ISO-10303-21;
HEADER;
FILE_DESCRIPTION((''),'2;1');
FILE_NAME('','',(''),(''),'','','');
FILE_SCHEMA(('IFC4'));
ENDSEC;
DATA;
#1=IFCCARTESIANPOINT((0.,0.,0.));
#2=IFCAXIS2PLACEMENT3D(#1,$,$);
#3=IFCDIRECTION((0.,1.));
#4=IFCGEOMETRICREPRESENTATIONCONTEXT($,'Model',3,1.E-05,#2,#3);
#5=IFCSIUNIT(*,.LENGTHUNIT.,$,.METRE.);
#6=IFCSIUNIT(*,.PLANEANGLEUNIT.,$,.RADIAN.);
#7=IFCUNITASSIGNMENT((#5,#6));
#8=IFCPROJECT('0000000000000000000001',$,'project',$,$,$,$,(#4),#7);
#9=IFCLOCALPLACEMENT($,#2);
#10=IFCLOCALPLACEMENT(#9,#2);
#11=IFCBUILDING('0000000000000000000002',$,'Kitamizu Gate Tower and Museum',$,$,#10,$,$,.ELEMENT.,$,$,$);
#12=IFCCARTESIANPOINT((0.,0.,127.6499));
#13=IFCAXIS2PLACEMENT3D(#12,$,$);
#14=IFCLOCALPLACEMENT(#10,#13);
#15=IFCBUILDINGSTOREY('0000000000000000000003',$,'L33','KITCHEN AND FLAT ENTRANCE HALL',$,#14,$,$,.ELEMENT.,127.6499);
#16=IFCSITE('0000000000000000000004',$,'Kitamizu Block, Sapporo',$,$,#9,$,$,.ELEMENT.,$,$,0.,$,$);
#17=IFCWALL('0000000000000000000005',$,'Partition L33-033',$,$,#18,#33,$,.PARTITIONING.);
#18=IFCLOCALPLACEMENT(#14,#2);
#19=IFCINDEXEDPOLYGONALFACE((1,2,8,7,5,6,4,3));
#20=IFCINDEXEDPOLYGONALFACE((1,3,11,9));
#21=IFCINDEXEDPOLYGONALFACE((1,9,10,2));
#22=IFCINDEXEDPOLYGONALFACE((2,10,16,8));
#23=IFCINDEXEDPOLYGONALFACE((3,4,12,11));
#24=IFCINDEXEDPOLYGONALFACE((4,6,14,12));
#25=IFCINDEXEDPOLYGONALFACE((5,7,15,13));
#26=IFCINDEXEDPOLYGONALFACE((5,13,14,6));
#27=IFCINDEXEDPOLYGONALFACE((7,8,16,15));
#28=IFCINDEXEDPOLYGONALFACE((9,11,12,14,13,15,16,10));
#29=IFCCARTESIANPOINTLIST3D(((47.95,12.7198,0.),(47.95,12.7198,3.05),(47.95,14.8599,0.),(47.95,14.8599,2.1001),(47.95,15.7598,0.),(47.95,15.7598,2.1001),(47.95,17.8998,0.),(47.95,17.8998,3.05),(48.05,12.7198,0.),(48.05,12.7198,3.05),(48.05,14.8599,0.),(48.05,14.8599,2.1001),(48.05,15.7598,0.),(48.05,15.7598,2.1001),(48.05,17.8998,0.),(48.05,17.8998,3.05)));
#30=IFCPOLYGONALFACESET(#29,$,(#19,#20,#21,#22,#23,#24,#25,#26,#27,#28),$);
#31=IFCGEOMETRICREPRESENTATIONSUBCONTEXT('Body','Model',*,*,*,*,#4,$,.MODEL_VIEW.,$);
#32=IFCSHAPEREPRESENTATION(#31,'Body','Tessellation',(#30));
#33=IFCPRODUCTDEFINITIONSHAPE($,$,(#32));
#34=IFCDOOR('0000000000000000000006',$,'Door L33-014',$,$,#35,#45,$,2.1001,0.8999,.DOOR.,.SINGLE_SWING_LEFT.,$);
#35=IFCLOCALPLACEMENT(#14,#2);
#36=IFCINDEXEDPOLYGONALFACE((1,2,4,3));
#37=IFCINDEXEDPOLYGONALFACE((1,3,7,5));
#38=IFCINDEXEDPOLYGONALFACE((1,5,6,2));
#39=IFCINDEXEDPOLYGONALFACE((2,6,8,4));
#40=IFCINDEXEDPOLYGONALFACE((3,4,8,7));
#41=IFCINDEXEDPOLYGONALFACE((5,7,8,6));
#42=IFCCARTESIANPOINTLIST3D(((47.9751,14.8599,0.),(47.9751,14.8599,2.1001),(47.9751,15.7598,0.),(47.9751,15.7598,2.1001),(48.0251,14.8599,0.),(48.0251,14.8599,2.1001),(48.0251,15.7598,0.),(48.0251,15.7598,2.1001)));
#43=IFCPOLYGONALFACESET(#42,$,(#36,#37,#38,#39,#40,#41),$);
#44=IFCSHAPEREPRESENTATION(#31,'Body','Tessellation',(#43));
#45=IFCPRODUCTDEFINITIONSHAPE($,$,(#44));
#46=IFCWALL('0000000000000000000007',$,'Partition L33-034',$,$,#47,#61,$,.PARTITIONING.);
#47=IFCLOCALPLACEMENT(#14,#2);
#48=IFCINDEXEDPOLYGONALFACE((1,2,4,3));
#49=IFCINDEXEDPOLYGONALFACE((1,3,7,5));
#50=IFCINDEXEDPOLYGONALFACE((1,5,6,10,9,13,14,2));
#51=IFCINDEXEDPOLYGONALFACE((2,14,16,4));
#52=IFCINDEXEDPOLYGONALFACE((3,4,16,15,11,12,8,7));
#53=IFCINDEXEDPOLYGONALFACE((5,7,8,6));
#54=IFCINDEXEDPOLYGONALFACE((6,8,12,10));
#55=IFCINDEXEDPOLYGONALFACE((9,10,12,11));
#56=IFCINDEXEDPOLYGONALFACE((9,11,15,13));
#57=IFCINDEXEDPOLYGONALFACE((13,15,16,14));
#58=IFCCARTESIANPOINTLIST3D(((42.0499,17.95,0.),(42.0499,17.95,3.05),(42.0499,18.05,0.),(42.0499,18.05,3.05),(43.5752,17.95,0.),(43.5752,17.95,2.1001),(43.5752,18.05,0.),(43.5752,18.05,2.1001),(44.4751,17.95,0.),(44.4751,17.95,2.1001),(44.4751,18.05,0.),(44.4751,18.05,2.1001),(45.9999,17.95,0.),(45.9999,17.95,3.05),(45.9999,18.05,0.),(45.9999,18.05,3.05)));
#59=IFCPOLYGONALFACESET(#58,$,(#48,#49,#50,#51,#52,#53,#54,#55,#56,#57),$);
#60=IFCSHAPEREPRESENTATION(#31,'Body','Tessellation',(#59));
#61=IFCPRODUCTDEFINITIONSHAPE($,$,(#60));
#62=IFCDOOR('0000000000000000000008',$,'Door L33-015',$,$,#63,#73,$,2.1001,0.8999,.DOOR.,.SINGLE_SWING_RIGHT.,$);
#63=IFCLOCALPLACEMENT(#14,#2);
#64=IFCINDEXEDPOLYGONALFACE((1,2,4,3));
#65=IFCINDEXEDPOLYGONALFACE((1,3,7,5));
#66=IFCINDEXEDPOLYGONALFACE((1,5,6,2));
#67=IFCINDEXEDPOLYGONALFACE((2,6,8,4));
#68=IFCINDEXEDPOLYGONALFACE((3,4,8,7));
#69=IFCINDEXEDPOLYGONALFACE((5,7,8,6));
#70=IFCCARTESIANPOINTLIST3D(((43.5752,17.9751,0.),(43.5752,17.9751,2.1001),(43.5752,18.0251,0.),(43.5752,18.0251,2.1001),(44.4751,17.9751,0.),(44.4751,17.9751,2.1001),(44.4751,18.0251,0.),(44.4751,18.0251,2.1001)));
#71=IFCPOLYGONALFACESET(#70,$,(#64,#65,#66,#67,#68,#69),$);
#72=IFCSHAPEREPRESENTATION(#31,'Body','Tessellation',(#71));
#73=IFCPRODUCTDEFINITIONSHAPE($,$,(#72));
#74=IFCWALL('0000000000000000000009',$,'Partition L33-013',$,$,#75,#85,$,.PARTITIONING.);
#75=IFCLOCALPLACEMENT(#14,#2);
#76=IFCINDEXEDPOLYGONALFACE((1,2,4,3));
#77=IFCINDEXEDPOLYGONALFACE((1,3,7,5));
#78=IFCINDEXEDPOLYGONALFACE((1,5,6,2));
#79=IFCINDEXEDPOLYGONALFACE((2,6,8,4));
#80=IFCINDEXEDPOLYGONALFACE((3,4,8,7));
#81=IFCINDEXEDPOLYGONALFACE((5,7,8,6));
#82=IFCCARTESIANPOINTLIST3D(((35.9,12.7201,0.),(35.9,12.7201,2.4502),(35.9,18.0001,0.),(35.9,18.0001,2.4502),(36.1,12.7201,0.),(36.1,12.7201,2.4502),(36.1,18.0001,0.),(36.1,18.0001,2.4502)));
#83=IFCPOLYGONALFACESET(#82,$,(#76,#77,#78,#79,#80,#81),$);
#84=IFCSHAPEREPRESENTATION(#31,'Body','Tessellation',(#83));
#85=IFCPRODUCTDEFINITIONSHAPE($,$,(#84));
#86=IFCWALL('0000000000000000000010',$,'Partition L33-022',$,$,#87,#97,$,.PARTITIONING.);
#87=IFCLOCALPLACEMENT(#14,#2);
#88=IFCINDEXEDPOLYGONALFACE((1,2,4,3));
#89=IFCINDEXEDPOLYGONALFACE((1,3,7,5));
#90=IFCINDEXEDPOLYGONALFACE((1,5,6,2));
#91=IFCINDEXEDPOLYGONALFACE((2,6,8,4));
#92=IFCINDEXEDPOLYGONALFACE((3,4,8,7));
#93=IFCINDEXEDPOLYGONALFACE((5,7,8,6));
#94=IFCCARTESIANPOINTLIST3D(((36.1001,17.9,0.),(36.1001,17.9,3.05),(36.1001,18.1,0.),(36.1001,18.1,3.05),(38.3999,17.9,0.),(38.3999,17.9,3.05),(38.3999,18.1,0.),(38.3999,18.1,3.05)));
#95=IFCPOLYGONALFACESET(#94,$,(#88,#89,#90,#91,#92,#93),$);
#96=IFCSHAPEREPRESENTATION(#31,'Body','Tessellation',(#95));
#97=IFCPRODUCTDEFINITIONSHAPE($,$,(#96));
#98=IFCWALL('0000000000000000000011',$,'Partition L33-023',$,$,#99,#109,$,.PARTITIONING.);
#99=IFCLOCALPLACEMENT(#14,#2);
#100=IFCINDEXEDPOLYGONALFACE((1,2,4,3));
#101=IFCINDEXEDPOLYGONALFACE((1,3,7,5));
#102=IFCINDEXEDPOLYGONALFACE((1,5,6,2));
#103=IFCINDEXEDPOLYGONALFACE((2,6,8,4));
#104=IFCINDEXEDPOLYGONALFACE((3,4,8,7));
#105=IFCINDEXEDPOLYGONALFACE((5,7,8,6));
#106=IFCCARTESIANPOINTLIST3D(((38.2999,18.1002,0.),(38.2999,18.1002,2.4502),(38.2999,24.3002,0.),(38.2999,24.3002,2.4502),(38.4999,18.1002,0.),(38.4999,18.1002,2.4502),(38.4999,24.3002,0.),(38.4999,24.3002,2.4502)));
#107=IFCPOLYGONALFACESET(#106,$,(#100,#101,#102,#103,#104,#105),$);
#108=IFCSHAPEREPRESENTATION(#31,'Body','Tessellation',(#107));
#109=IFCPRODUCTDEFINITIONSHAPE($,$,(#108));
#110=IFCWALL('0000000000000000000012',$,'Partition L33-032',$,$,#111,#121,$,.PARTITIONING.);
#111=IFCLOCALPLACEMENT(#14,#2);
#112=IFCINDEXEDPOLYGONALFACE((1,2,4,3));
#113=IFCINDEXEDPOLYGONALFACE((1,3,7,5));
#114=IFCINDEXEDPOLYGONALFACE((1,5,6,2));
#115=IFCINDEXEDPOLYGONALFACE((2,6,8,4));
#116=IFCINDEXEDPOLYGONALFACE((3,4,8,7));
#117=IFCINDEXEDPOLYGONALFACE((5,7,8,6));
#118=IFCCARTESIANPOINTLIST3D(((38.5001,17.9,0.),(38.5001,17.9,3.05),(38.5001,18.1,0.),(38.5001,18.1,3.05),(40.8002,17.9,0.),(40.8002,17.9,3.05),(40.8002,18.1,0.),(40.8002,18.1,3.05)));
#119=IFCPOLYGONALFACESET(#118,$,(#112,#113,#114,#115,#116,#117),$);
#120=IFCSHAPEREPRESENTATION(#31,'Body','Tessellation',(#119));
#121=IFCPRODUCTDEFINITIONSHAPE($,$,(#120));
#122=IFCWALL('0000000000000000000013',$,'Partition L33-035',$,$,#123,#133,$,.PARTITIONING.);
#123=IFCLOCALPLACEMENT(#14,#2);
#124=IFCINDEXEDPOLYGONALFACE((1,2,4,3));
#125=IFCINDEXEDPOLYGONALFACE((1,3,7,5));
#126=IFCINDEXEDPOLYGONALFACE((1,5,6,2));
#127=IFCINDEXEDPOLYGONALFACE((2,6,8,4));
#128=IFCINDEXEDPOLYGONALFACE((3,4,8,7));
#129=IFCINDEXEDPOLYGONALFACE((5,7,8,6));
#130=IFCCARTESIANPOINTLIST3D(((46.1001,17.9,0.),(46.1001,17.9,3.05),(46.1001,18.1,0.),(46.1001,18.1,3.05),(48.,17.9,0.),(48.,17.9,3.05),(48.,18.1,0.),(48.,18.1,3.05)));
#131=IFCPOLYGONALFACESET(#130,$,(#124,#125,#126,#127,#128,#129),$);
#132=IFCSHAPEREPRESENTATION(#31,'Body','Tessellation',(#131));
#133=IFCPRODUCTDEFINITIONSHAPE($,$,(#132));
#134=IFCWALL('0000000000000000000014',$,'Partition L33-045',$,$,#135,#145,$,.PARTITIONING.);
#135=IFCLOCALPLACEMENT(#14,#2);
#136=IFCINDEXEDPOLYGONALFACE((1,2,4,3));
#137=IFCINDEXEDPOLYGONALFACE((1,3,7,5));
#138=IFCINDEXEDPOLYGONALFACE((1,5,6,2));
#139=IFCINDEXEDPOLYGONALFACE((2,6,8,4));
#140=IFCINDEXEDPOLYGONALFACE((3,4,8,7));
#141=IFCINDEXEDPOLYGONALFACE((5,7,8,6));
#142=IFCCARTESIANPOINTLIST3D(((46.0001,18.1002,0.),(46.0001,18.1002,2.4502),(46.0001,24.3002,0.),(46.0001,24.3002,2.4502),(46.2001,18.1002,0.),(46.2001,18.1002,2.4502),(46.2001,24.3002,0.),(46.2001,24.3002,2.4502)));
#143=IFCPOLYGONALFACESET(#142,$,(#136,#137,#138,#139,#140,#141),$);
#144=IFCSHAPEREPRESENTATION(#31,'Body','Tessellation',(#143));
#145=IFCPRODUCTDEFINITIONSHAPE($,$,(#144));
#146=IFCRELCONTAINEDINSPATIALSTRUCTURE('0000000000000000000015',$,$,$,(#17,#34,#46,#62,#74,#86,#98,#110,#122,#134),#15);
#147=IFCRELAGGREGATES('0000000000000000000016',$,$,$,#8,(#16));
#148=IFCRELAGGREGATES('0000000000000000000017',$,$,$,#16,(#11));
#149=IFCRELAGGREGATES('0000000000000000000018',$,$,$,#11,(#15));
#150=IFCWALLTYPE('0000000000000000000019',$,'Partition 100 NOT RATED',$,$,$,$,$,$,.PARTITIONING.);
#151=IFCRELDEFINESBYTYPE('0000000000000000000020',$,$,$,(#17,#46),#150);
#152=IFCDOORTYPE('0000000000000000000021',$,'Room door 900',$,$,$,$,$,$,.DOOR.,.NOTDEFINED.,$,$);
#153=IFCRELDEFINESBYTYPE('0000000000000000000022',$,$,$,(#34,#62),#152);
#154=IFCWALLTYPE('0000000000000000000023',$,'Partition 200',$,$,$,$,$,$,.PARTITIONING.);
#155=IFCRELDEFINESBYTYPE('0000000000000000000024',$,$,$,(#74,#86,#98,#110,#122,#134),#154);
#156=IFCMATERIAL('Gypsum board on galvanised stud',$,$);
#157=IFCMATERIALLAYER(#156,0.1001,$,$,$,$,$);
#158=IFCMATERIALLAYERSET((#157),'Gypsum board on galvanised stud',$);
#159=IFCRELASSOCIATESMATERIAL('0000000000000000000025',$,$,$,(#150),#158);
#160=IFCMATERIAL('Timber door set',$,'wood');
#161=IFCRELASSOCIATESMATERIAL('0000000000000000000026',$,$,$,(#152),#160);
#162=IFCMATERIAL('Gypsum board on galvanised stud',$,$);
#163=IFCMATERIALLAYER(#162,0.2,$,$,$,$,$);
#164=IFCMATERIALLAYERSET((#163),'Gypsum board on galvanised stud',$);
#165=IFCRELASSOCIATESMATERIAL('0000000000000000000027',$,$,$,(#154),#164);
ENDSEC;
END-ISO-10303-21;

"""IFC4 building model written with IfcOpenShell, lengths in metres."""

from ifc_helpers import new_model, si_unit, direction, frame, frame_2d, origin, place, context, subcontext, project, spatial, rectangle, extrude, material, layer, layer_set, type_object, element, fill, save


model = new_model("IFC4")

# Units and contexts
model_context = context("Model", 3, precision=1e-05, world=origin(), true_north=direction((0.0, 1.0)))
body_context = subcontext(model_context, "Body", "Model", "MODEL_VIEW")
ifc_project = project(units=[si_unit("LENGTHUNIT", "METRE"), si_unit("PLANEANGLEUNIT", "RADIAN")], contexts=[model_context])

# Site, building, storey
site_placement = place(None, origin())
site = spatial("IfcSite", under=ifc_project, at=site_placement, Name="Kitamizu Block, Sapporo", CompositionType="ELEMENT", RefElevation=0.0)
building_placement = place(site_placement, origin())
building = spatial("IfcBuilding", under=site, at=building_placement, Name="Kitamizu Gate Tower and Museum", CompositionType="ELEMENT")
storey_placement = place(building_placement, frame((0.0, 0.0, 127.6499)))
storey = spatial("IfcBuildingStorey", under=building, at=storey_placement, Name="L33", Description="KITCHEN AND FLAT ENTRANCE HALL", CompositionType="ELEMENT", Elevation=127.6499)

# Shared definitions
ifc_material_1 = material(Name="Gypsum board on galvanised stud")
ifc_layer_1 = layer(ifc_material_1, 0.1001)
ifc_layer_set_1 = layer_set([ifc_layer_1], Name="Gypsum board on galvanised stud")
wall_type_1 = type_object("IfcWallType", Name="Partition 100 NOT RATED", PredefinedType="PARTITIONING", material=ifc_layer_set_1)

# Shared definitions
ifc_material_2 = material(Name="Timber door set", Category="wood")
door_type = type_object("IfcDoorType", Name="Room door 900", OperationType="NOTDEFINED", PredefinedType="DOOR", material=ifc_material_2)

# Walls, openings, doors
wall_1_placement = place(storey_placement, frame((48.0, 12.72, 0.0), z_axis=(0.0, 0.0, 1.0), x_axis=(0.0, 1.0, 0.0)))
wall_1 = element("IfcWall", 1, at=wall_1_placement, inside=storey, type_object=wall_type_1, Name="Partition L33-033", PredefinedType="PARTITIONING", context=body_context, shape_type="SweptSolid", body=[
    extrude(rectangle(XDim=5.1799, YDim=0.1001, at=frame_2d((2.5898, 0.0))), origin(), (0.0, 0.0, 1.0), 3.05),
])
opening_1_placement = place(wall_1_placement, frame((2.1399, 0.0, 0.0)))
opening_1 = element("IfcOpeningElement", 2, at=opening_1_placement, cuts=wall_1, PredefinedType="OPENING", context=body_context, shape_type="SweptSolid", body=[
    extrude(rectangle(XDim=0.8999, YDim=2.1001, at=frame_2d((0.45, 1.05))), frame((0.0, 0.0601, 0.0), z_axis=(0.0, -1.0, 0.0), x_axis=(1.0, 0.0, 0.0)), (0.0, 0.0, 1.0), 0.1201),
])
door_1_placement = place(opening_1_placement, origin())
door_1 = element("IfcDoor", 3, at=door_1_placement, inside=storey, type_object=door_type, Name="Door L33-014", OperationType="SINGLE_SWING_LEFT", OverallHeight=2.1001, OverallWidth=0.8999, PredefinedType="DOOR", context=body_context, shape_type="SweptSolid", body=[
    extrude(rectangle(XDim=0.8999, YDim=2.1001, at=frame_2d((0.45, 1.05))), frame((0.0, 0.0249, 0.0), z_axis=(0.0, -1.0, 0.0), x_axis=(1.0, 0.0, 0.0)), (0.0, 0.0, 1.0), 0.05),
])
fill(opening_1, door_1)
wall_2_placement = place(storey_placement, frame((46.0, 18.0, 0.0), z_axis=(0.0, 0.0, 1.0), x_axis=(-1.0, 0.0, 0.0)))
wall_2 = element("IfcWall", 4, at=wall_2_placement, inside=storey, type_object=wall_type_1, Name="Partition L33-034", PredefinedType="PARTITIONING", context=body_context, shape_type="SweptSolid", body=[
    extrude(rectangle(XDim=3.95, YDim=0.1001, at=frame_2d((1.9751, 0.0))), origin(), (0.0, 0.0, 1.0), 3.05),
])
opening_2_placement = place(wall_2_placement, frame((1.5249, 0.0, 0.0)))
opening_2 = element("IfcOpeningElement", 5, at=opening_2_placement, cuts=wall_2, PredefinedType="OPENING", context=body_context, shape_type="SweptSolid", body=[
    extrude(rectangle(XDim=0.8999, YDim=2.1001, at=frame_2d((0.45, 1.05))), frame((0.0, 0.0601, 0.0), z_axis=(0.0, -1.0, 0.0), x_axis=(1.0, 0.0, 0.0)), (0.0, 0.0, 1.0), 0.1201),
])
door_2_placement = place(opening_2_placement, origin())
door_2 = element("IfcDoor", 6, at=door_2_placement, inside=storey, type_object=door_type, Name="Door L33-015", OperationType="SINGLE_SWING_RIGHT", OverallHeight=2.1001, OverallWidth=0.8999, PredefinedType="DOOR", context=body_context, shape_type="SweptSolid", body=[
    extrude(rectangle(XDim=0.8999, YDim=2.1001, at=frame_2d((0.45, 1.05))), frame((0.0, 0.0249, 0.0), z_axis=(0.0, -1.0, 0.0), x_axis=(1.0, 0.0, 0.0)), (0.0, 0.0, 1.0), 0.05),
])
fill(opening_2, door_2)

# Walls
ifc_material_3 = material(Name="Gypsum board on galvanised stud")
ifc_layer_2 = layer(ifc_material_3, 0.2)
ifc_layer_set_2 = layer_set([ifc_layer_2], Name="Gypsum board on galvanised stud")
wall_type_2 = type_object("IfcWallType", Name="Partition 200", PredefinedType="PARTITIONING", material=ifc_layer_set_2)
wall_3_placement = place(storey_placement, frame((36.0, 12.72, 0.0), z_axis=(0.0, 0.0, 1.0), x_axis=(0.0, 1.0, 0.0)))
element("IfcWall", 7, at=wall_3_placement, inside=storey, type_object=wall_type_2, Name="Partition L33-013", PredefinedType="PARTITIONING", context=body_context, shape_type="SweptSolid", body=[
    extrude(rectangle(XDim=5.28, YDim=0.2, at=frame_2d((2.6401, 0.0))), origin(), (0.0, 0.0, 1.0), 2.4502),
])
wall_4_placement = place(storey_placement, frame((36.1001, 18.0, 0.0), z_axis=(0.0, 0.0, 1.0), x_axis=(1.0, 0.0, 0.0)))
element("IfcWall", 8, at=wall_4_placement, inside=storey, type_object=wall_type_2, Name="Partition L33-022", PredefinedType="PARTITIONING", context=body_context, shape_type="SweptSolid", body=[
    extrude(rectangle(XDim=2.2998, YDim=0.2, at=frame_2d((1.1499, 0.0))), origin(), (0.0, 0.0, 1.0), 3.05),
])
wall_5_placement = place(storey_placement, frame((38.3999, 18.1001, 0.0), z_axis=(0.0, 0.0, 1.0), x_axis=(0.0, 1.0, 0.0)))
element("IfcWall", 9, at=wall_5_placement, inside=storey, type_object=wall_type_2, Name="Partition L33-023", PredefinedType="PARTITIONING", context=body_context, shape_type="SweptSolid", body=[
    extrude(rectangle(XDim=6.2, YDim=0.2, at=frame_2d((3.1001, 0.0))), origin(), (0.0, 0.0, 1.0), 2.4502),
])
wall_6_placement = place(storey_placement, frame((40.8, 18.0, 0.0), z_axis=(0.0, 0.0, 1.0), x_axis=(-1.0, 0.0, 0.0)))
element("IfcWall", 10, at=wall_6_placement, inside=storey, type_object=wall_type_2, Name="Partition L33-032", PredefinedType="PARTITIONING", context=body_context, shape_type="SweptSolid", body=[
    extrude(rectangle(XDim=2.3, YDim=0.2, at=frame_2d((1.1499, 0.0))), origin(), (0.0, 0.0, 1.0), 3.05),
])
wall_7_placement = place(storey_placement, frame((48.0, 18.0, 0.0), z_axis=(0.0, 0.0, 1.0), x_axis=(-1.0, 0.0, 0.0)))
element("IfcWall", 11, at=wall_7_placement, inside=storey, type_object=wall_type_2, Name="Partition L33-035", PredefinedType="PARTITIONING", context=body_context, shape_type="SweptSolid", body=[
    extrude(rectangle(XDim=1.8999, YDim=0.2, at=frame_2d((0.95, 0.0))), origin(), (0.0, 0.0, 1.0), 3.05),
])
wall_8_placement = place(storey_placement, frame((46.1001, 18.1001, 0.0), z_axis=(0.0, 0.0, 1.0), x_axis=(0.0, 1.0, 0.0)))
element("IfcWall", 12, at=wall_8_placement, inside=storey, type_object=wall_type_2, Name="Partition L33-045", PredefinedType="PARTITIONING", context=body_context, shape_type="SweptSolid", body=[
    extrude(rectangle(XDim=6.2, YDim=0.2, at=frame_2d((3.1001, 0.0))), origin(), (0.0, 0.0, 1.0), 2.4502),
])

save(model, "model.ifc")
